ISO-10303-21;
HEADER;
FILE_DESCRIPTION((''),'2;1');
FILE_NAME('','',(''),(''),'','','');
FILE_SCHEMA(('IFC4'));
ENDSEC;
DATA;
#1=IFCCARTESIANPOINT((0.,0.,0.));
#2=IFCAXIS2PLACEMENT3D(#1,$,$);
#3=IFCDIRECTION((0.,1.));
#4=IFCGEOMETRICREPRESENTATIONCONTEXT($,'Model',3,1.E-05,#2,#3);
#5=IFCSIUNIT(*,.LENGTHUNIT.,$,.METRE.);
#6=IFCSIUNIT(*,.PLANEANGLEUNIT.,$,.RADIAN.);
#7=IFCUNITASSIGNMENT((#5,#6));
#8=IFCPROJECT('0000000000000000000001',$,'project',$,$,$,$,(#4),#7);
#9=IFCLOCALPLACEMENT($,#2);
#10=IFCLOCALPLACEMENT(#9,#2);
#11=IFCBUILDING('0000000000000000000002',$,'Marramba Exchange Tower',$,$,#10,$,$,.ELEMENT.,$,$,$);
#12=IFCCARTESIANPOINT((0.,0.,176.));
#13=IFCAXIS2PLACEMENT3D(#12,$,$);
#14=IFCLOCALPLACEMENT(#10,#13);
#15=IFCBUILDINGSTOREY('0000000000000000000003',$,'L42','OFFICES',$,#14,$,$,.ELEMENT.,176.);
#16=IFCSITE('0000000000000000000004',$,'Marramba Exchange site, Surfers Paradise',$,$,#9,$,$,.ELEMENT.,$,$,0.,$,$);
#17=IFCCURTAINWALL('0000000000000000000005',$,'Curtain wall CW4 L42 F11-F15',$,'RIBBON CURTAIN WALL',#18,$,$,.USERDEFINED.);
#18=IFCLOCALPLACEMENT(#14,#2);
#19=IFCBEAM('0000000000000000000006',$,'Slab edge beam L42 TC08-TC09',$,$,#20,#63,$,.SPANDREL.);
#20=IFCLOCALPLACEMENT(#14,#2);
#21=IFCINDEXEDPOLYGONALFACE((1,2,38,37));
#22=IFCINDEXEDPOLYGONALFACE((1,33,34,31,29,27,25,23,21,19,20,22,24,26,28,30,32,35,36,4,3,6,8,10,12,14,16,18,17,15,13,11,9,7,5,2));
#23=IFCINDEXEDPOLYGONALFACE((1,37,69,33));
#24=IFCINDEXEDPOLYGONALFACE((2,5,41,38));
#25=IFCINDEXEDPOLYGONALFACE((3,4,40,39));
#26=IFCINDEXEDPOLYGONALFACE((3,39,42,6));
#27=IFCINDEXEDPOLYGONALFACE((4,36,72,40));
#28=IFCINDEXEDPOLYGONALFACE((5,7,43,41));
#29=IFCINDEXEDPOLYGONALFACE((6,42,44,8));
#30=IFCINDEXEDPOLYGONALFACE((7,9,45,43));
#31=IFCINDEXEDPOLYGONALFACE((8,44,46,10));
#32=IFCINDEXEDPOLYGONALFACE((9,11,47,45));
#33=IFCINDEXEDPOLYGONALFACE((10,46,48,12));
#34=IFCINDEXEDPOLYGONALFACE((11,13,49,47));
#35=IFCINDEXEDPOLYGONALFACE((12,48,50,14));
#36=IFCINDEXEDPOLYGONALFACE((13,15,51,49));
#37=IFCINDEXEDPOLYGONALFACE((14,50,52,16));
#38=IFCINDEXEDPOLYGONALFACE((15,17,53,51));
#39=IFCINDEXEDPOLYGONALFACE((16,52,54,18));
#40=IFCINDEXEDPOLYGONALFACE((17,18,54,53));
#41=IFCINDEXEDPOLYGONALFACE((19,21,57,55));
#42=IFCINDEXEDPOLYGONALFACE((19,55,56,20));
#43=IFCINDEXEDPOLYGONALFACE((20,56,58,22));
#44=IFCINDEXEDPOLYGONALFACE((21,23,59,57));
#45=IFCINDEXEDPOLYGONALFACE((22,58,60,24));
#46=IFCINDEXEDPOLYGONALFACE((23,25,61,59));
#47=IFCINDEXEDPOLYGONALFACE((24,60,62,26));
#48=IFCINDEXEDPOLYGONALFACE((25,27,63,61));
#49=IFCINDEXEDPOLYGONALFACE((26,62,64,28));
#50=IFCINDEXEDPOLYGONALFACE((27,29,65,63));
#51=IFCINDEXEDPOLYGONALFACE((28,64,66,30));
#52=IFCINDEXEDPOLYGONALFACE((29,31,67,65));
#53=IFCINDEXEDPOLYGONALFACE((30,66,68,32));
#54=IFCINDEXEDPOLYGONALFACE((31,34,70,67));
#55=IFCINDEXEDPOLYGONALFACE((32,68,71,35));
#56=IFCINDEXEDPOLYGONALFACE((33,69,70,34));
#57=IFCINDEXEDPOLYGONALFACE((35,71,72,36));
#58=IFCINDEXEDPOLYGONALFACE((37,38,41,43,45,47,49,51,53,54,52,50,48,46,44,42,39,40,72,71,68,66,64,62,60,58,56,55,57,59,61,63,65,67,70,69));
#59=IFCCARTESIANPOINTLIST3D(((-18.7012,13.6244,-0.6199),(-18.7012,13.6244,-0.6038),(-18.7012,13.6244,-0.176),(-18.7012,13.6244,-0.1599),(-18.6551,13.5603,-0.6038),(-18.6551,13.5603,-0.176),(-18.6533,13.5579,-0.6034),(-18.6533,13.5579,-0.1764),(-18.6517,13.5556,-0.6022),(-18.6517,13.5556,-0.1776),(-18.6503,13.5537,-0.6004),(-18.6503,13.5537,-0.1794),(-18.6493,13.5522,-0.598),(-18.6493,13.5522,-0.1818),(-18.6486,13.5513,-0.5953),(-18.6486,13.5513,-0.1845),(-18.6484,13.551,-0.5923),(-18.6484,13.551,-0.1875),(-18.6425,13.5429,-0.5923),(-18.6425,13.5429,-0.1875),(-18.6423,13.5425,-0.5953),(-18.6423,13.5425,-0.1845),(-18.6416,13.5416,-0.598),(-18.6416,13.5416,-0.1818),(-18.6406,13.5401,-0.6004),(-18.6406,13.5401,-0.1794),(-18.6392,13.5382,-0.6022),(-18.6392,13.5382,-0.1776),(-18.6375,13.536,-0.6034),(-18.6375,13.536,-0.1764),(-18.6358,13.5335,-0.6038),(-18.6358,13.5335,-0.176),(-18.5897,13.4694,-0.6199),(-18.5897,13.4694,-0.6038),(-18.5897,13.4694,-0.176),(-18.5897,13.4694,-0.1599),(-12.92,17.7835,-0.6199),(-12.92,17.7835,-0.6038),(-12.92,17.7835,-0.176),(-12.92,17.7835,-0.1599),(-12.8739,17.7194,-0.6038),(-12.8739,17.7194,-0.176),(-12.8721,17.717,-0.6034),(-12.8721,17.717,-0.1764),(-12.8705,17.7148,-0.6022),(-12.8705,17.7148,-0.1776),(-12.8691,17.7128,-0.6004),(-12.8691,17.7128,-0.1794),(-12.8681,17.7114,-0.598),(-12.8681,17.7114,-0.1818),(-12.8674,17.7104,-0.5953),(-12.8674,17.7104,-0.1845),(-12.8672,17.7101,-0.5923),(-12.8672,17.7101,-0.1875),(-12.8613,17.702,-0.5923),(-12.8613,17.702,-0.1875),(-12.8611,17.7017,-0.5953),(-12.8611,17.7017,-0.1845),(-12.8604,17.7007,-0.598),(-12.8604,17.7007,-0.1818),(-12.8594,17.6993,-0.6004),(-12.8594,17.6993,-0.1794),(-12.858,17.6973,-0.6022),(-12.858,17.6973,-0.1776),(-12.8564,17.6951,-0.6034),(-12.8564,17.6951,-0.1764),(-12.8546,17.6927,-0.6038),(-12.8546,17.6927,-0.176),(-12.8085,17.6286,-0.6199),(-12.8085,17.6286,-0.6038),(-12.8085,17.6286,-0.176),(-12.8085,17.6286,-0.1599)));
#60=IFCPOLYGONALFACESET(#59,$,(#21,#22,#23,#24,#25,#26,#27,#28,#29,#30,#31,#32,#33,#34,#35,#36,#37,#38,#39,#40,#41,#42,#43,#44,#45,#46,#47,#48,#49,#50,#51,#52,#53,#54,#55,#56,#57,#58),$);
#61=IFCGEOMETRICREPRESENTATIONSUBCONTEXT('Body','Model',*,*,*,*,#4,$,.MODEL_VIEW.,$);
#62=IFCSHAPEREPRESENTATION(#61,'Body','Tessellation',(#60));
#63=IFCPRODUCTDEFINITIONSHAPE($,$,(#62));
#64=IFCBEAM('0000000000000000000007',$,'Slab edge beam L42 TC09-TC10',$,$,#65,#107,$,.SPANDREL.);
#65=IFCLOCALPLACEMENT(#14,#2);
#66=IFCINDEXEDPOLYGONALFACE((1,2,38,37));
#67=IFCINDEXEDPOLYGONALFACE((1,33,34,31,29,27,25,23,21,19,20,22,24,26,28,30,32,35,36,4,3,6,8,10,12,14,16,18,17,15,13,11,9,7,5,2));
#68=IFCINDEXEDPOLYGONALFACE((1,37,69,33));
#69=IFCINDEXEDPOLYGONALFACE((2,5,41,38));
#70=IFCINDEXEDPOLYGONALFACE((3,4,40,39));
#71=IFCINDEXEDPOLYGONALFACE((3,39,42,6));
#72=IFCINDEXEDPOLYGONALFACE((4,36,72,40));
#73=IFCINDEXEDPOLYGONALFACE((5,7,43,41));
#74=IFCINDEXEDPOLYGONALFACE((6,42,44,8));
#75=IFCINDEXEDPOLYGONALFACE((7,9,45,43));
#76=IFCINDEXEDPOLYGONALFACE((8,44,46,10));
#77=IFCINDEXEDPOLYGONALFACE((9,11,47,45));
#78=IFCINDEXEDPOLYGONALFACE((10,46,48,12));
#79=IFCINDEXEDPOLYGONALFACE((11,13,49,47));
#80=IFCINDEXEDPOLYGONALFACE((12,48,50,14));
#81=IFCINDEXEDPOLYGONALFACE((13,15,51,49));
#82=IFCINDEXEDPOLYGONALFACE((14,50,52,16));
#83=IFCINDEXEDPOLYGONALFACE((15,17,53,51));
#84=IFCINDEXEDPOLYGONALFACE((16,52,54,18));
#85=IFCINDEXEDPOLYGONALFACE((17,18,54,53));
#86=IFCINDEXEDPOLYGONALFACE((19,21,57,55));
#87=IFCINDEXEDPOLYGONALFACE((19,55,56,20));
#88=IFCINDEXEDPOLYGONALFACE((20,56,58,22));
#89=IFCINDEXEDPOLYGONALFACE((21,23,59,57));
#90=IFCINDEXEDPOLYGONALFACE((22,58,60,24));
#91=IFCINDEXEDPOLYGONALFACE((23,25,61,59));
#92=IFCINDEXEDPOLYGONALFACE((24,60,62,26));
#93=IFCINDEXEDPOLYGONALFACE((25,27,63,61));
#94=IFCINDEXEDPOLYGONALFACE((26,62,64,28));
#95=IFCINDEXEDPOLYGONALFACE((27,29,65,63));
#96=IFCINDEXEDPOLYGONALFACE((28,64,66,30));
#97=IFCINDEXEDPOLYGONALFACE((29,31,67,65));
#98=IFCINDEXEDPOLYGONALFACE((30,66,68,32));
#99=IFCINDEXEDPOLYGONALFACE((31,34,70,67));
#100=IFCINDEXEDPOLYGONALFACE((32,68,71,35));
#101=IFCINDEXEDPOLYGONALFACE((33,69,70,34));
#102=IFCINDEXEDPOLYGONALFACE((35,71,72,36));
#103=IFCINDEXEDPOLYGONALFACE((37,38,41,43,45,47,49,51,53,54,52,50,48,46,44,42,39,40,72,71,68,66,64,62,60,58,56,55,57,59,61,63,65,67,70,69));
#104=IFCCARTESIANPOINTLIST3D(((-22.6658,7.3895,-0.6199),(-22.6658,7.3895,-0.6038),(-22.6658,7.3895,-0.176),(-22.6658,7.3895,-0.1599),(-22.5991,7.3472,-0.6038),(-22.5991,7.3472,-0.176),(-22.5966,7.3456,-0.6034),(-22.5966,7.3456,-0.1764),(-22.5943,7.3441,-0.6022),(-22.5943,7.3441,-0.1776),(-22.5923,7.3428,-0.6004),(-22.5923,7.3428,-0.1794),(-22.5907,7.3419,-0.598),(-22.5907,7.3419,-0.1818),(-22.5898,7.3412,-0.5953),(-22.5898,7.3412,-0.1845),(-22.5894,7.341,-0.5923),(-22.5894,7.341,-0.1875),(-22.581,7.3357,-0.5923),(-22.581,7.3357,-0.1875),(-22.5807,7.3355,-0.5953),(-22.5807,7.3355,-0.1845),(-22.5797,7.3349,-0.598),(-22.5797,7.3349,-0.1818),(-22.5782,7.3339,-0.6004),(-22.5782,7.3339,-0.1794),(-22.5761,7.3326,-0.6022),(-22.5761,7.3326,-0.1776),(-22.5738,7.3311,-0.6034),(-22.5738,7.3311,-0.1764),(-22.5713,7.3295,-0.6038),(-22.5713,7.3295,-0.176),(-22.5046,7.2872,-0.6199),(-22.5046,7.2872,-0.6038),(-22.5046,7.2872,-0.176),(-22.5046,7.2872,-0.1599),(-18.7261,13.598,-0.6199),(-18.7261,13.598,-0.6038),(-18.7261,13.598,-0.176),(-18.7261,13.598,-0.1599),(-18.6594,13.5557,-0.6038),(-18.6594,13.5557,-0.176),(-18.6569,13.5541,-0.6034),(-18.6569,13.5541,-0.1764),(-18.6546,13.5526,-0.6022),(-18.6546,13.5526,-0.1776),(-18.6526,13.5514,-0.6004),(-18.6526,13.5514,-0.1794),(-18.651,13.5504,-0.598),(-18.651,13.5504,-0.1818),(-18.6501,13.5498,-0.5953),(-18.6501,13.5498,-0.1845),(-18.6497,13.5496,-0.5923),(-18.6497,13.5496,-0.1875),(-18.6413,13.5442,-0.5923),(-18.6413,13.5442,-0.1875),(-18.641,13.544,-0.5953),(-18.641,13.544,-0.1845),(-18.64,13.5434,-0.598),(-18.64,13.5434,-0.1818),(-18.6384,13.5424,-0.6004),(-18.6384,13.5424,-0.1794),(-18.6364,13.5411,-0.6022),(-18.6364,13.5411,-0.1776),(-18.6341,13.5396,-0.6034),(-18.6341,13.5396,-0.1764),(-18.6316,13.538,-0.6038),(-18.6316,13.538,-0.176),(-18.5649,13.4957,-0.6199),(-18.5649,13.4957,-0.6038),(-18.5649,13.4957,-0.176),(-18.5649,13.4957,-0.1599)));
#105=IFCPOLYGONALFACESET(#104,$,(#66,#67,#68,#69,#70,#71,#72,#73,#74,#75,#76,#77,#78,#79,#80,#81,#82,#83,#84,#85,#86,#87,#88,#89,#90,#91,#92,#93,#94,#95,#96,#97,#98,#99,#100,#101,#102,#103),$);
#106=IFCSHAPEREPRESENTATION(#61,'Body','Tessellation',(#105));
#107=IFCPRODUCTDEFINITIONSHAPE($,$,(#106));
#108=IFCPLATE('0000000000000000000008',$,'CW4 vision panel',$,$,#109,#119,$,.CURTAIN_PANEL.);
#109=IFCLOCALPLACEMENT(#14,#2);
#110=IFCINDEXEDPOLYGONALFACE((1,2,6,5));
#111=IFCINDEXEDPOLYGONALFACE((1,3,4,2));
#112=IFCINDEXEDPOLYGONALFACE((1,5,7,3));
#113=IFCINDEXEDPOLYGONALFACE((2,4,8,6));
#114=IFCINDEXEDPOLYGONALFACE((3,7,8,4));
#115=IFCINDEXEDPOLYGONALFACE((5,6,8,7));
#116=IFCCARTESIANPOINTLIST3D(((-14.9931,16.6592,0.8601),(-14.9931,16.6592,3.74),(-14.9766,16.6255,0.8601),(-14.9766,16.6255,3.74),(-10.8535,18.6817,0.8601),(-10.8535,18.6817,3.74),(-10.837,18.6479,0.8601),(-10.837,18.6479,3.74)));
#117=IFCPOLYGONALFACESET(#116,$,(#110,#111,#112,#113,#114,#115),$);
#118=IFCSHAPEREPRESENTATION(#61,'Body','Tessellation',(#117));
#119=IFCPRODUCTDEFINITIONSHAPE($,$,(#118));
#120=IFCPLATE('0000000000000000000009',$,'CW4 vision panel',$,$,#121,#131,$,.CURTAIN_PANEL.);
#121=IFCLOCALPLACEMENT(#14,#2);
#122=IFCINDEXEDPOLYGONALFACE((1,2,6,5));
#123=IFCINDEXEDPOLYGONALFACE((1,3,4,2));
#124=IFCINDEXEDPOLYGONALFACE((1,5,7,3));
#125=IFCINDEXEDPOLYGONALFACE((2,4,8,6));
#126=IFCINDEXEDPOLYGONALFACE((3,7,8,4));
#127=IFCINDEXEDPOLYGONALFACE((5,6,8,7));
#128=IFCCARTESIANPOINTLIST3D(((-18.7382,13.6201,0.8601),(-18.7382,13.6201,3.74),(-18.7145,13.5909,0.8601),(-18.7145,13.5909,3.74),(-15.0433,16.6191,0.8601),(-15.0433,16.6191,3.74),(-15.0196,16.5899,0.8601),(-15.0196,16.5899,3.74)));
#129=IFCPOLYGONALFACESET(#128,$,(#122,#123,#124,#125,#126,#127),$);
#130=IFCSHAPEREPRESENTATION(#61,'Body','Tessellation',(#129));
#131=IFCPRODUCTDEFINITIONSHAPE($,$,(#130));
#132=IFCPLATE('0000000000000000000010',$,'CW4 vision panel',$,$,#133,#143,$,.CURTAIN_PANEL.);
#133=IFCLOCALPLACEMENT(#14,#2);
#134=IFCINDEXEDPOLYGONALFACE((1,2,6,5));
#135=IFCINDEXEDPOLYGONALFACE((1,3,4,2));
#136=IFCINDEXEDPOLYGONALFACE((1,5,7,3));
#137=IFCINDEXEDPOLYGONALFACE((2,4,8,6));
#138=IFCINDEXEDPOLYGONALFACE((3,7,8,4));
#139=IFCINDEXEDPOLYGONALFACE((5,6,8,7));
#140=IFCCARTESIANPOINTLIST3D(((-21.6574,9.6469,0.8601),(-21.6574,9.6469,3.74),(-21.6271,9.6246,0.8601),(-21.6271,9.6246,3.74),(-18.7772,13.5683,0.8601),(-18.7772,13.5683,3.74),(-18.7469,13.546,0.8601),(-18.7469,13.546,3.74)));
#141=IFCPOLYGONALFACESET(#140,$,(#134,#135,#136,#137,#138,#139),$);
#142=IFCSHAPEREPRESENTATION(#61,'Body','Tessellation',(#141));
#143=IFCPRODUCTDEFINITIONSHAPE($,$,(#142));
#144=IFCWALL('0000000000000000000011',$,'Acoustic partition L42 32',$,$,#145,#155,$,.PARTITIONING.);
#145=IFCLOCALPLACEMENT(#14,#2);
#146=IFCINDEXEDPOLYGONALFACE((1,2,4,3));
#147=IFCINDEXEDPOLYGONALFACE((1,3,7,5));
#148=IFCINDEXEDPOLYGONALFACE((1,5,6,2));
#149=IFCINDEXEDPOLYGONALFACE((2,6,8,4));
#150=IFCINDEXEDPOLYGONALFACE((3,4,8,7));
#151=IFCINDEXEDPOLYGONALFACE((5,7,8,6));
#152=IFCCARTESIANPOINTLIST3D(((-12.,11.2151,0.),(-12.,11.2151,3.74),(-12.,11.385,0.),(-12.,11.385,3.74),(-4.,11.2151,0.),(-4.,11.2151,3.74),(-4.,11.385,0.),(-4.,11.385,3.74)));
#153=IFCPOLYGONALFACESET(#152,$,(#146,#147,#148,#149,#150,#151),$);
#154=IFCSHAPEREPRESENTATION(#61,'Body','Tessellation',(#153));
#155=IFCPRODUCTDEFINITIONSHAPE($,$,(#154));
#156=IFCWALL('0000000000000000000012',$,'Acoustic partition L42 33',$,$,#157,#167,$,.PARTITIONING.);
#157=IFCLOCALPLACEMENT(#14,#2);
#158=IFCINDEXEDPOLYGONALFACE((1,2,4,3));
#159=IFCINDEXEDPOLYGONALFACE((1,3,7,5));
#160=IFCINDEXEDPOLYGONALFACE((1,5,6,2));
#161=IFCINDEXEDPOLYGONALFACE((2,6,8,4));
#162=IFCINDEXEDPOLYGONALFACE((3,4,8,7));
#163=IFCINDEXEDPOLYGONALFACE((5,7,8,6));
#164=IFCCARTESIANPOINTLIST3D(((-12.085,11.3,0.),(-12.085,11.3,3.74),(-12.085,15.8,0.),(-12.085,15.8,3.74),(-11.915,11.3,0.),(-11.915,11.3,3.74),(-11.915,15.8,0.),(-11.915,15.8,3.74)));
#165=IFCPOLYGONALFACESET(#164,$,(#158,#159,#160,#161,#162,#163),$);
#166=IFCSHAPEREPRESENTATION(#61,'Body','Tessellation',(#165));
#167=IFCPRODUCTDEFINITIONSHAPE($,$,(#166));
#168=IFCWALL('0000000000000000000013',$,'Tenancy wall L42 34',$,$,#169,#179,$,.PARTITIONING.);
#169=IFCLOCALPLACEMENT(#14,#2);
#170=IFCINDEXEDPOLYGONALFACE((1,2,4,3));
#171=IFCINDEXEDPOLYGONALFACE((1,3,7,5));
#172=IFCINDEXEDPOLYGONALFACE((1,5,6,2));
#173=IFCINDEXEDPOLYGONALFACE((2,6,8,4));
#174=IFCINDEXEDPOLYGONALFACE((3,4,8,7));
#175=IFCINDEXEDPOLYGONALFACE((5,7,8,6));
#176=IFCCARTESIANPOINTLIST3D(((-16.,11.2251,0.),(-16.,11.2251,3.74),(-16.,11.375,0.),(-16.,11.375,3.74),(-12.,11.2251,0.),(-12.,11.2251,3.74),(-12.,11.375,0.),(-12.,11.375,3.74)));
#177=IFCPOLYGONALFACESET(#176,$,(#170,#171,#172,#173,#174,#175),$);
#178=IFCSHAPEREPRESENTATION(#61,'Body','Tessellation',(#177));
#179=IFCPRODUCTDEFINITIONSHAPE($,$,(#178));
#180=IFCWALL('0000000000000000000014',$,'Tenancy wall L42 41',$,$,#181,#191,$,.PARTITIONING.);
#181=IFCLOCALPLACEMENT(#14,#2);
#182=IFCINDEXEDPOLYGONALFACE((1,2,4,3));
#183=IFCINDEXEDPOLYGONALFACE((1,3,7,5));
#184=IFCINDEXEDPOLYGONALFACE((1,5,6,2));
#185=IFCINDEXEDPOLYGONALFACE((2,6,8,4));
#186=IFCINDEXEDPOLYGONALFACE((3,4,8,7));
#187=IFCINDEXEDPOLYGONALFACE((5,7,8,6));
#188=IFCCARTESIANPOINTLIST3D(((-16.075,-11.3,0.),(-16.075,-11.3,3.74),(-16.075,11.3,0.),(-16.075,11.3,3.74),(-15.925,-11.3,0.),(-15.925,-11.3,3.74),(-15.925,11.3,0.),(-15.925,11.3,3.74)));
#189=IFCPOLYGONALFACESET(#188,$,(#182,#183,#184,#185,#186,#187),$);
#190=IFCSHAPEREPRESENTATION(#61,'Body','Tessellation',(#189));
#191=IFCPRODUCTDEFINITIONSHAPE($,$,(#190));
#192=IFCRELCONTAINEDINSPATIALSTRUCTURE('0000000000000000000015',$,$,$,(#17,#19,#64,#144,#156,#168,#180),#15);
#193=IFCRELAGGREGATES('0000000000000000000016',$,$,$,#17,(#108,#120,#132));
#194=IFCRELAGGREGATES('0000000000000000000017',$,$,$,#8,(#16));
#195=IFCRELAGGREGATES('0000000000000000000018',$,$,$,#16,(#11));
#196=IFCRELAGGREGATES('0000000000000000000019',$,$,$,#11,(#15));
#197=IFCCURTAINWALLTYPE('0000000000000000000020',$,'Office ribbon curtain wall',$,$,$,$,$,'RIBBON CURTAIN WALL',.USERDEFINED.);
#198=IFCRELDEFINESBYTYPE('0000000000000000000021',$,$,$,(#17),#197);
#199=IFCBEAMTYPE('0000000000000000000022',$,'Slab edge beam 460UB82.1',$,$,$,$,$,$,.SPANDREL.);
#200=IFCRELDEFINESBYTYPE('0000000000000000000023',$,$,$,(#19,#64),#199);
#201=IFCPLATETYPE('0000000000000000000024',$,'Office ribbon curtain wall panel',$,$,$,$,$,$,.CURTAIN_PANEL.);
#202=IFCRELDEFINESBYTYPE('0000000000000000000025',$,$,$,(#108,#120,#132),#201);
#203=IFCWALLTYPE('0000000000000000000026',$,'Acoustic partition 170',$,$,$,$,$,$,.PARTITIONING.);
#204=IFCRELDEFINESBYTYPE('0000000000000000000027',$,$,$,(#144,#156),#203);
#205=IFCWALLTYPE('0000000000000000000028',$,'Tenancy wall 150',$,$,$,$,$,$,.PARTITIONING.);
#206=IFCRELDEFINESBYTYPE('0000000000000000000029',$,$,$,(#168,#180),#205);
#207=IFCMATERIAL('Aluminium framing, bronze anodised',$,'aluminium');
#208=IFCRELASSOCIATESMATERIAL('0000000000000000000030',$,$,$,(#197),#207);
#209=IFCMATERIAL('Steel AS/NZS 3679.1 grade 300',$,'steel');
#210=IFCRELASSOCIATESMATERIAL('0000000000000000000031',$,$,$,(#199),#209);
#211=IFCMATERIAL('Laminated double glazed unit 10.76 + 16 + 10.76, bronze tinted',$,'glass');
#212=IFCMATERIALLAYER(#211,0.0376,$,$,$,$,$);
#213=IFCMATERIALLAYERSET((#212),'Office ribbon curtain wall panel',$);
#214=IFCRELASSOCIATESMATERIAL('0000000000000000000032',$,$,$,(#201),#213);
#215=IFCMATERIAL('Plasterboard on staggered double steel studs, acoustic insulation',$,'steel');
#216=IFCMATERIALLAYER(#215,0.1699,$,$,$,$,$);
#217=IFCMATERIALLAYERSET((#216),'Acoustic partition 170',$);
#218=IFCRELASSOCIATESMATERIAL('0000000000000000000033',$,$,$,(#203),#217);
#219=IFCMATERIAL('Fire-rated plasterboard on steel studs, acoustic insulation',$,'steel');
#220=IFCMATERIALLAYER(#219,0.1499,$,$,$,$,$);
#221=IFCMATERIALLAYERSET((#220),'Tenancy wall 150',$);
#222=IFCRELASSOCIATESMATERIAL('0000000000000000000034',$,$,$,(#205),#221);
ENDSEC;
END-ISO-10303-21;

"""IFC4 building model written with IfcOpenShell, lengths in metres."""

from ifc_helpers import new_model, si_unit, direction, frame, frame_2d, origin, origin_2d, place, context, subcontext, project, spatial, rectangle, i_section, extrude, material, layer, layer_set, material_profile, profile_set, type_object, element, aggregate, save


model = new_model("IFC4")

# Units and contexts
model_context = context("Model", 3, precision=1e-05, world=origin(), true_north=direction((0.0, 1.0)))
body_context = subcontext(model_context, "Body", "Model", "MODEL_VIEW")
ifc_project = project(units=[si_unit("LENGTHUNIT", "METRE"), si_unit("PLANEANGLEUNIT", "RADIAN")], contexts=[model_context])

# Site, building, storey
site_placement = place(None, origin())
site = spatial("IfcSite", under=ifc_project, at=site_placement, Name="Marramba Exchange site, Surfers Paradise", CompositionType="ELEMENT", RefElevation=0.0)
building_placement = place(site_placement, origin())
building = spatial("IfcBuilding", under=site, at=building_placement, Name="Marramba Exchange Tower", CompositionType="ELEMENT")
storey_placement = place(building_placement, frame((0.0, 0.0, 176.0)))
storey = spatial("IfcBuildingStorey", under=building, at=storey_placement, Name="L42", Description="OFFICES", CompositionType="ELEMENT", Elevation=176.0)

# Shared definitions
ifc_material_1 = material(Name="Steel AS/NZS 3679.1 grade 300", Category="steel")

# Curtain wall
ifc_material_2 = material(Name="Aluminium framing, bronze anodised", Category="aluminium")
curtain_wall_type = type_object("IfcCurtainWallType", Name="Office ribbon curtain wall", ElementType="RIBBON CURTAIN WALL", PredefinedType="USERDEFINED", material=ifc_material_2)
curtain_wall_placement = place(storey_placement, origin())
curtain_wall = element("IfcCurtainWall", 1, at=curtain_wall_placement, inside=storey, type_object=curtain_wall_type, Name="Curtain wall CW4 L42 F11-F15", ObjectType="RIBBON CURTAIN WALL", PredefinedType="USERDEFINED")

# Beams
ifc_material_profile_1 = material_profile(ifc_material_1, i_section(OverallWidth=0.1909, OverallDepth=0.46, WebThickness=0.01, FlangeThickness=0.0161, FilletRadius=0.0115, at=origin_2d()), Name="460UB82.1")
ifc_profile_set_1 = profile_set([ifc_material_profile_1], Name="Steel AS/NZS 3679.1 grade 300")
beam_type_1 = type_object("IfcBeamType", Name="Slab edge beam 460UB82.1", PredefinedType="SPANDREL", material=ifc_profile_set_1)
beam_1_placement = place(storey_placement, frame((-12.8643, 17.7061, -0.3899), z_axis=(-0.811755, -0.583998, 0.0), x_axis=(0.583998, -0.811755, 0.0)))
element("IfcBeam", 2, at=beam_1_placement, inside=storey, type_object=beam_type_1, Name="Slab edge beam L42 TC08-TC09", PredefinedType="SPANDREL", context=body_context, shape_type="SweptSolid", body=[
    extrude(i_section(OverallWidth=0.1909, OverallDepth=0.46, WebThickness=0.01, FlangeThickness=0.0161, FilletRadius=0.0115, at=origin_2d()), origin(), (0.0, 0.0, 1.0), 7.1218),
])
beam_2_placement = place(storey_placement, frame((-18.6455, 13.5469, -0.3899), z_axis=(-0.535794, -0.844348, 0.0), x_axis=(0.844348, -0.535794, 0.0)))
element("IfcBeam", 3, at=beam_2_placement, inside=storey, type_object=beam_type_1, Name="Slab edge beam L42 TC09-TC10", PredefinedType="SPANDREL", context=body_context, shape_type="SweptSolid", body=[
    extrude(i_section(OverallWidth=0.1909, OverallDepth=0.46, WebThickness=0.01, FlangeThickness=0.0161, FilletRadius=0.0115, at=origin_2d()), origin(), (0.0, 0.0, 1.0), 7.353),
])

# Plates
ifc_material_3 = material(Name="Laminated double glazed unit 10.76 + 16 + 10.76, bronze tinted", Category="glass")
ifc_layer_1 = layer(ifc_material_3, 0.0376)
ifc_layer_set_1 = layer_set([ifc_layer_1], Name="Office ribbon curtain wall panel")
plate_type = type_object("IfcPlateType", Name="Office ribbon curtain wall panel", PredefinedType="CURTAIN_PANEL", material=ifc_layer_set_1)
plate_1_placement = place(storey_placement, frame((-12.915, 17.6536, 0.8601), z_axis=(0.0, 0.0, 1.0), x_axis=(-0.898501, -0.438972, 0.0)))
plate_1 = element("IfcPlate", 4, at=plate_1_placement, type_object=plate_type, Name="CW4 vision panel", PredefinedType="CURTAIN_PANEL", context=body_context, shape_type="SweptSolid", body=[
    extrude(rectangle(XDim=4.6072, YDim=0.0376, at=origin_2d()), origin(), (0.0, 0.0, 1.0), 2.8799),
])
plate_2_placement = place(storey_placement, frame((-16.8789, 15.105, 0.8601), z_axis=(0.0, 0.0, 1.0), x_axis=(-0.776432, -0.630201, 0.0)))
plate_2 = element("IfcPlate", 5, at=plate_2_placement, type_object=plate_type, Name="CW4 vision panel", PredefinedType="CURTAIN_PANEL", context=body_context, shape_type="SweptSolid", body=[
    extrude(rectangle(XDim=4.7588, YDim=0.0376, at=origin_2d()), origin(), (0.0, 0.0, 1.0), 2.8799),
])
plate_3_placement = place(storey_placement, frame((-20.2021, 11.5964, 0.8601), z_axis=(0.0, 0.0, 1.0), x_axis=(-0.591963, -0.805965, 0.0)))
plate_3 = element("IfcPlate", 6, at=plate_3_placement, type_object=plate_type, Name="CW4 vision panel", PredefinedType="CURTAIN_PANEL", context=body_context, shape_type="SweptSolid", body=[
    extrude(rectangle(XDim=4.8655, YDim=0.0376, at=origin_2d()), origin(), (0.0, 0.0, 1.0), 2.8799),
])
aggregate(curtain_wall, [plate_1, plate_2, plate_3])

# Walls
ifc_material_4 = material(Name="Plasterboard on staggered double steel studs, acoustic insulation", Category="steel")
ifc_layer_2 = layer(ifc_material_4, 0.1699)
ifc_layer_set_2 = layer_set([ifc_layer_2], Name="Acoustic partition 170")
wall_type_1 = type_object("IfcWallType", Name="Acoustic partition 170", PredefinedType="PARTITIONING", material=ifc_layer_set_2)
wall_1_placement = place(storey_placement, frame((-12.0, 11.3, 0.0), z_axis=(0.0, 0.0, 1.0), x_axis=(1.0, 0.0, 0.0)))
element("IfcWall", 7, at=wall_1_placement, inside=storey, type_object=wall_type_1, Name="Acoustic partition L42 32", PredefinedType="PARTITIONING", context=body_context, shape_type="SweptSolid", body=[
    extrude(rectangle(XDim=8.0, YDim=0.1699, at=frame_2d((4.0, 0.0))), origin(), (0.0, 0.0, 1.0), 3.74),
])
wall_2_placement = place(storey_placement, frame((-12.0, 15.8, 0.0), z_axis=(0.0, 0.0, 1.0), x_axis=(0.0, -1.0, 0.0)))
element("IfcWall", 8, at=wall_2_placement, inside=storey, type_object=wall_type_1, Name="Acoustic partition L42 33", PredefinedType="PARTITIONING", context=body_context, shape_type="SweptSolid", body=[
    extrude(rectangle(XDim=4.5, YDim=0.1699, at=frame_2d((2.25, 0.0))), origin(), (0.0, 0.0, 1.0), 3.74),
])
ifc_material_5 = material(Name="Fire-rated plasterboard on steel studs, acoustic insulation", Category="steel")
ifc_layer_3 = layer(ifc_material_5, 0.1499)
ifc_layer_set_3 = layer_set([ifc_layer_3], Name="Tenancy wall 150")
wall_type_2 = type_object("IfcWallType", Name="Tenancy wall 150", PredefinedType="PARTITIONING", material=ifc_layer_set_3)
wall_3_placement = place(storey_placement, frame((-12.0, 11.3, 0.0), z_axis=(0.0, 0.0, 1.0), x_axis=(-1.0, 0.0, 0.0)))
element("IfcWall", 9, at=wall_3_placement, inside=storey, type_object=wall_type_2, Name="Tenancy wall L42 34", PredefinedType="PARTITIONING", context=body_context, shape_type="SweptSolid", body=[
    extrude(rectangle(XDim=4.0, YDim=0.1499, at=frame_2d((2.0, 0.0))), origin(), (0.0, 0.0, 1.0), 3.74),
])
wall_4_placement = place(storey_placement, frame((-16.0, 11.3, 0.0), z_axis=(0.0, 0.0, 1.0), x_axis=(0.0, -1.0, 0.0)))
element("IfcWall", 10, at=wall_4_placement, inside=storey, type_object=wall_type_2, Name="Tenancy wall L42 41", PredefinedType="PARTITIONING", context=body_context, shape_type="SweptSolid", body=[
    extrude(rectangle(XDim=22.6001, YDim=0.1499, at=frame_2d((11.3, 0.0))), origin(), (0.0, 0.0, 1.0), 3.74),
])

save(model, "model.ifc")
